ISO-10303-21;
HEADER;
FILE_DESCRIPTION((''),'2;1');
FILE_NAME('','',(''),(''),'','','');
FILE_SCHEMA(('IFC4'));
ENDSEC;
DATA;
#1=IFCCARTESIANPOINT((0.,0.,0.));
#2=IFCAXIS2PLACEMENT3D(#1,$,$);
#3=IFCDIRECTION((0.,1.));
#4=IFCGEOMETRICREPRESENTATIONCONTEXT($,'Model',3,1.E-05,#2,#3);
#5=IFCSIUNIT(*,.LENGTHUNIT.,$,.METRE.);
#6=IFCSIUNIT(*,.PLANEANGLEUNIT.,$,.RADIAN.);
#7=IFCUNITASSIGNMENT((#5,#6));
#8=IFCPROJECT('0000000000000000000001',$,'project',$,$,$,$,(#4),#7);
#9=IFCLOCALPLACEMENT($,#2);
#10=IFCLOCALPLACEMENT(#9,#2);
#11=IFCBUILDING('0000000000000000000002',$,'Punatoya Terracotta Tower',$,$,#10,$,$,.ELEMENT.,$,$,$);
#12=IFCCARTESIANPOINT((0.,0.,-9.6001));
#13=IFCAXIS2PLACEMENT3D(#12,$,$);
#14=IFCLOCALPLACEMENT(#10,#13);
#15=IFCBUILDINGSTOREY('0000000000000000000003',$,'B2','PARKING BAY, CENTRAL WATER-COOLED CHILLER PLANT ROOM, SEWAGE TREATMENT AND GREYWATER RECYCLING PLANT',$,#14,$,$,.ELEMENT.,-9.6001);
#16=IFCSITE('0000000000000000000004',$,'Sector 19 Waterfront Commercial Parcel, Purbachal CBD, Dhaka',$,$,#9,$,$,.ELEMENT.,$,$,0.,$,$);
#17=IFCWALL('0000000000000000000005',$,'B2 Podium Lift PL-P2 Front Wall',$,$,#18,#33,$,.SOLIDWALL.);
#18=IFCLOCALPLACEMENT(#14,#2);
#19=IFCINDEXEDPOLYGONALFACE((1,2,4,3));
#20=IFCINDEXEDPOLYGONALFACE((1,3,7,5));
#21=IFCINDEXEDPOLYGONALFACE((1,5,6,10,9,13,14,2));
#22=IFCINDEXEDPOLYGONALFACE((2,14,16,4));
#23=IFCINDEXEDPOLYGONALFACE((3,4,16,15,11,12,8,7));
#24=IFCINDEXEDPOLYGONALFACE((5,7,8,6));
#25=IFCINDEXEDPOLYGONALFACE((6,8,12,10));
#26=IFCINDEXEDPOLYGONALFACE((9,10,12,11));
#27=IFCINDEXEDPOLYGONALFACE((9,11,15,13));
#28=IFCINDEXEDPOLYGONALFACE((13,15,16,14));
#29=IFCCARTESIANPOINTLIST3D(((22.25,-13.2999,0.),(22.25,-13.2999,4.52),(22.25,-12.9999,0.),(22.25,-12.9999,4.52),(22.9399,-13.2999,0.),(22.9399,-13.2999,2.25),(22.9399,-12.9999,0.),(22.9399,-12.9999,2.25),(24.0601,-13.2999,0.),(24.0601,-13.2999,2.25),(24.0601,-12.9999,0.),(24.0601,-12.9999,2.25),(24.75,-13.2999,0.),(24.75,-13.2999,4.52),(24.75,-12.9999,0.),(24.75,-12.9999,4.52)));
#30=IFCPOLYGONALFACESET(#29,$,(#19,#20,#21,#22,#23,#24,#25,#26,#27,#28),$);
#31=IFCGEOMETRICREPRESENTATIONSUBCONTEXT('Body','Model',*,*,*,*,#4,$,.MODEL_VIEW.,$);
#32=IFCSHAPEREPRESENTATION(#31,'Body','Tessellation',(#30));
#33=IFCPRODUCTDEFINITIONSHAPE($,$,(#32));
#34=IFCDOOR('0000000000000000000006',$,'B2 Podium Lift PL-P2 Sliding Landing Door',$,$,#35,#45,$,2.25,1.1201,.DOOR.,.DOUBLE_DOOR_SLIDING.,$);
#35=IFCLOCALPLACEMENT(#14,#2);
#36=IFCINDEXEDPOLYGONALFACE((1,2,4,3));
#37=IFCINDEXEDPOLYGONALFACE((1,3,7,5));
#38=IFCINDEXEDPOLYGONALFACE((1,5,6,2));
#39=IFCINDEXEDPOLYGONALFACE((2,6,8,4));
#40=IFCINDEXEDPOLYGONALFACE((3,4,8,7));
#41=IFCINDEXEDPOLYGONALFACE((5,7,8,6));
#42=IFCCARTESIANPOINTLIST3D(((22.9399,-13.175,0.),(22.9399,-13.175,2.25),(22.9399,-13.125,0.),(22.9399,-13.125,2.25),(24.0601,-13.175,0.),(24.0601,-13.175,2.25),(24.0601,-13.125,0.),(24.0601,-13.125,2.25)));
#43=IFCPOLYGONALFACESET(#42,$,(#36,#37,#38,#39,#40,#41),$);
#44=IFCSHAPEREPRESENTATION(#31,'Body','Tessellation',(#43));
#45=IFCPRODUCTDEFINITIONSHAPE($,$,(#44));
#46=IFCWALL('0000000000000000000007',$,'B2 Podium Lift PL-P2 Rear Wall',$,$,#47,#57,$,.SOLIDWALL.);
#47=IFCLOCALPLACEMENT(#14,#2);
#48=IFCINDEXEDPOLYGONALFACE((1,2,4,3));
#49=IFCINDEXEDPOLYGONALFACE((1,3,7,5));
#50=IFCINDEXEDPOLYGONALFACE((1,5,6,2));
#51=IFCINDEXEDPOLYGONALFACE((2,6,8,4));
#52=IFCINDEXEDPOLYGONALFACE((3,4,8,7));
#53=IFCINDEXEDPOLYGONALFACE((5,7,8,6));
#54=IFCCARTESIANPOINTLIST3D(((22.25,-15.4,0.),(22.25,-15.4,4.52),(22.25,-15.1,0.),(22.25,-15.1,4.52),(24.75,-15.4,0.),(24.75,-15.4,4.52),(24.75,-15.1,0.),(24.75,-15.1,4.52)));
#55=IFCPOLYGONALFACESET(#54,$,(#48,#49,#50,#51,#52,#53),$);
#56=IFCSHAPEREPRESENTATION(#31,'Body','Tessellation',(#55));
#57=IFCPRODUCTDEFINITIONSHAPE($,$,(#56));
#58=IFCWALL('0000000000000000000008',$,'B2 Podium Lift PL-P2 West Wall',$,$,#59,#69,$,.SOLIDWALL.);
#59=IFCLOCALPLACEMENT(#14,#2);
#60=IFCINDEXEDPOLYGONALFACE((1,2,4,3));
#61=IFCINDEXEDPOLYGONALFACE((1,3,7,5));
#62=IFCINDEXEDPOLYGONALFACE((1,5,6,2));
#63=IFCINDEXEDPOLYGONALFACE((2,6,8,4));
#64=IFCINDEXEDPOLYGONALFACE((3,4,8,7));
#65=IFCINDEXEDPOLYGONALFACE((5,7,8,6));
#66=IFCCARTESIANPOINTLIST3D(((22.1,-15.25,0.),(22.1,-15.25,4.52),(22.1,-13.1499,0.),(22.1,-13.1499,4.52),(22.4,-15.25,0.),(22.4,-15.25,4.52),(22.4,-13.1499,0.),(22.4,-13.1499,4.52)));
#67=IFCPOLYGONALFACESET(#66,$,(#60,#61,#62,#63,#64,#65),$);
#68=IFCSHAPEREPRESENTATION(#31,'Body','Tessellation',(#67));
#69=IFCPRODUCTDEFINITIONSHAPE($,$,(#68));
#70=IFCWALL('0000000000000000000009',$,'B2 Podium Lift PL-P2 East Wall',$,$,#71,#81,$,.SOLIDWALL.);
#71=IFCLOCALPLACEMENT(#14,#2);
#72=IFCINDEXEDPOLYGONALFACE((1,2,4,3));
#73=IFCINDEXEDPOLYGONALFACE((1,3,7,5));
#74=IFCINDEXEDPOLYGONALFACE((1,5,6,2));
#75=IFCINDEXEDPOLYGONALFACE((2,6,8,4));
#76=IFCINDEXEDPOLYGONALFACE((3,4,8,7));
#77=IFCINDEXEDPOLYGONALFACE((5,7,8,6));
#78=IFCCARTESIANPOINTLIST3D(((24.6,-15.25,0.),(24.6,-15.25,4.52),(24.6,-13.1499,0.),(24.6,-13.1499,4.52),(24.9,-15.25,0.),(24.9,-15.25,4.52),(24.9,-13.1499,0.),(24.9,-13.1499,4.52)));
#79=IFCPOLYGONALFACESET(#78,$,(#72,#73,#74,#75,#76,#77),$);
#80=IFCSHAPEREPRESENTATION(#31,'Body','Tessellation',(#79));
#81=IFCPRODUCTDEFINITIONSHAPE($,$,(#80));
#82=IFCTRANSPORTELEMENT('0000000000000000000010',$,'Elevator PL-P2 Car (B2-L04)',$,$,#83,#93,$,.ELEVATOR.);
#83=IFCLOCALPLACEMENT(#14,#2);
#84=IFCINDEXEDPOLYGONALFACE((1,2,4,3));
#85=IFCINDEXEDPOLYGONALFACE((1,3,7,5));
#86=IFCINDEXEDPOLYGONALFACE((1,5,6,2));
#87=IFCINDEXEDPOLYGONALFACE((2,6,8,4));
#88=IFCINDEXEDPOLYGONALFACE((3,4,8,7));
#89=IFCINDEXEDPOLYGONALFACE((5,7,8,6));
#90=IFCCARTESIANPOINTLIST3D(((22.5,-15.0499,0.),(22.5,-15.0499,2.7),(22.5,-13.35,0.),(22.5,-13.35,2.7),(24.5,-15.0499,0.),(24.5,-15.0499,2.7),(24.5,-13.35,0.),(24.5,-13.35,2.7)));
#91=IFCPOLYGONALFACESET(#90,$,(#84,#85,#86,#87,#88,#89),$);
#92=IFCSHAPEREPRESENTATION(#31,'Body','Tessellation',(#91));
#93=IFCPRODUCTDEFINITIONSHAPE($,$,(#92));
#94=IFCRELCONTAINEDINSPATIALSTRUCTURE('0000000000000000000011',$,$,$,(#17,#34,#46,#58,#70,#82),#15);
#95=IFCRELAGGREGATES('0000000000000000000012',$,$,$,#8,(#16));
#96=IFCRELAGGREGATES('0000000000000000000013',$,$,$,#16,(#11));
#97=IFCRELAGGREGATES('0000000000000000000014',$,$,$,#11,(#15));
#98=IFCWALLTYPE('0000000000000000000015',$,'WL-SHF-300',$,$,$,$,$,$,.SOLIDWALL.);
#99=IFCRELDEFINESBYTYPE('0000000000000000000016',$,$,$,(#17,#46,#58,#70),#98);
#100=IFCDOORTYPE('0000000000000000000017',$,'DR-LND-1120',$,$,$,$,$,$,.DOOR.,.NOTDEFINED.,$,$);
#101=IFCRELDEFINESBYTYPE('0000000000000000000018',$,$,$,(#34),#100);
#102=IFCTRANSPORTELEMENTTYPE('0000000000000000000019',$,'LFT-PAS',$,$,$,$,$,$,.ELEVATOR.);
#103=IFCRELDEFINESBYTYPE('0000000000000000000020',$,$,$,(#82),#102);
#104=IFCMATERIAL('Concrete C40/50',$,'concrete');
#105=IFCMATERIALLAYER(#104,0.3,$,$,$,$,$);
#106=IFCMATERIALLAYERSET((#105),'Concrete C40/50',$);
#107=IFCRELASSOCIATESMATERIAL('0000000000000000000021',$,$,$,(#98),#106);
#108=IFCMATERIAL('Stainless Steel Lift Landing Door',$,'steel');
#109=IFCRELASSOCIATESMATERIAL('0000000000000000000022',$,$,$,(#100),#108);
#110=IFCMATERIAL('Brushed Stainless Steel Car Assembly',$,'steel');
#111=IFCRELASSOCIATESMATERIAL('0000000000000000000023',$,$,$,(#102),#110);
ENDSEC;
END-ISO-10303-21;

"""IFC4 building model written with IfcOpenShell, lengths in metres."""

from ifc_helpers import new_model, si_unit, direction, frame, frame_2d, origin, origin_2d, place, context, subcontext, project, spatial, rectangle, extrude, material, layer, layer_set, type_object, element, fill, save


model = new_model("IFC4")

# Units and contexts
model_context = context("Model", 3, precision=1e-05, world=origin(), true_north=direction((0.0, 1.0)))
body_context = subcontext(model_context, "Body", "Model", "MODEL_VIEW")
ifc_project = project(units=[si_unit("LENGTHUNIT", "METRE"), si_unit("PLANEANGLEUNIT", "RADIAN")], contexts=[model_context])

# Site, building, storey
site_placement = place(None, origin())
site = spatial("IfcSite", under=ifc_project, at=site_placement, Name="Sector 19 Waterfront Commercial Parcel, Purbachal CBD, Dhaka", CompositionType="ELEMENT", RefElevation=0.0)
building_placement = place(site_placement, origin())
building = spatial("IfcBuilding", under=site, at=building_placement, Name="Punatoya Terracotta Tower", CompositionType="ELEMENT")
storey_placement = place(building_placement, frame((0.0, 0.0, -9.6001)))
storey = spatial("IfcBuildingStorey", under=building, at=storey_placement, Name="B2", Description="PARKING BAY, CENTRAL WATER-COOLED CHILLER PLANT ROOM, SEWAGE TREATMENT AND GREYWATER RECYCLING PLANT", CompositionType="ELEMENT", Elevation=-9.6001)

# Shared definitions
ifc_material_1 = material(Name="Concrete C40/50", Category="concrete")

# Shared definitions
ifc_layer_1 = layer(ifc_material_1, 0.3)
ifc_layer_set_1 = layer_set([ifc_layer_1], Name="Concrete C40/50")
wall_type_1 = type_object("IfcWallType", Name="WL-SHF-300", PredefinedType="SOLIDWALL", material=ifc_layer_set_1)

# Wall, opening, door
wall_1_placement = place(storey_placement, frame((22.25, -13.1499, 0.0), z_axis=(0.0, 0.0, 1.0), x_axis=(1.0, 0.0, 0.0)))
wall_1 = element("IfcWall", 1, at=wall_1_placement, inside=storey, type_object=wall_type_1, Name="B2 Podium Lift PL-P2 Front Wall", PredefinedType="SOLIDWALL", context=body_context, shape_type="SweptSolid", body=[
    extrude(rectangle(XDim=2.5, YDim=0.3, at=frame_2d((1.25, 0.0))), origin(), (0.0, 0.0, 1.0), 4.52),
])
opening_1_placement = place(wall_1_placement, frame((0.6899, 0.0, 0.0)))
opening_1 = element("IfcOpeningElement", 2, at=opening_1_placement, cuts=wall_1, PredefinedType="OPENING", context=body_context, shape_type="SweptSolid", body=[
    extrude(rectangle(XDim=1.1201, YDim=2.25, at=frame_2d((0.5601, 1.125))), frame((0.0, 0.1599, 0.0), z_axis=(0.0, -1.0, 0.0), x_axis=(1.0, 0.0, 0.0)), (0.0, 0.0, 1.0), 0.3201),
])
ifc_material_2 = material(Name="Stainless Steel Lift Landing Door", Category="steel")
door_type_1 = type_object("IfcDoorType", Name="DR-LND-1120", OperationType="NOTDEFINED", PredefinedType="DOOR", material=ifc_material_2)
door_1_placement = place(opening_1_placement, origin())
door_1 = element("IfcDoor", 3, at=door_1_placement, inside=storey, type_object=door_type_1, Name="B2 Podium Lift PL-P2 Sliding Landing Door", OperationType="DOUBLE_DOOR_SLIDING", OverallHeight=2.25, OverallWidth=1.1201, PredefinedType="DOOR", context=body_context, shape_type="SweptSolid", body=[
    extrude(rectangle(XDim=1.1201, YDim=2.25, at=frame_2d((0.5601, 1.125))), frame((0.0, 0.0249, 0.0), z_axis=(0.0, -1.0, 0.0), x_axis=(1.0, 0.0, 0.0)), (0.0, 0.0, 1.0), 0.05),
])
fill(opening_1, door_1)

# Walls
wall_2_placement = place(storey_placement, frame((22.25, -15.25, 0.0), z_axis=(0.0, 0.0, 1.0), x_axis=(1.0, 0.0, 0.0)))
element("IfcWall", 4, at=wall_2_placement, inside=storey, type_object=wall_type_1, Name="B2 Podium Lift PL-P2 Rear Wall", PredefinedType="SOLIDWALL", context=body_context, shape_type="SweptSolid", body=[
    extrude(rectangle(XDim=2.5, YDim=0.3, at=frame_2d((1.25, 0.0))), origin(), (0.0, 0.0, 1.0), 4.52),
])
for number, where, z_axis, x_axis, name in (
    (5, (22.25, -15.25, 0.0), (0.0, 0.0, 1.0), (0.0, 1.0, 0.0), "B2 Podium Lift PL-P2 West Wall"),
    (6, (24.75, -15.25, 0.0), (0.0, 0.0, 1.0), (0.0, 1.0, 0.0), "B2 Podium Lift PL-P2 East Wall"),
):
    element("IfcWall", number, at=place(storey_placement, frame(where, z_axis=z_axis, x_axis=x_axis)), inside=storey, type_object=wall_type_1, Name=name, PredefinedType="SOLIDWALL", context=body_context, shape_type="SweptSolid", body=[
        extrude(rectangle(XDim=2.1001, YDim=0.3, at=frame_2d((1.05, 0.0))), origin(), (0.0, 0.0, 1.0), 4.52),
    ])

# Transport element
ifc_material_3 = material(Name="Brushed Stainless Steel Car Assembly", Category="steel")
transport_element_type = type_object("IfcTransportElementType", Name="LFT-PAS", PredefinedType="ELEVATOR", material=ifc_material_3)
transport_element_placement = place(storey_placement, frame((23.5, -14.2, 0.0), z_axis=(0.0, 0.0, 1.0), x_axis=(1.0, 0.0, 0.0)))
element("IfcTransportElement", 7, at=transport_element_placement, inside=storey, type_object=transport_element_type, Name="Elevator PL-P2 Car (B2-L04)", PredefinedType="ELEVATOR", context=body_context, shape_type="SweptSolid", body=[
    extrude(rectangle(XDim=2.0, YDim=1.7, at=origin_2d()), origin(), (0.0, 0.0, 1.0), 2.7),
])

save(model, "model.ifc")
